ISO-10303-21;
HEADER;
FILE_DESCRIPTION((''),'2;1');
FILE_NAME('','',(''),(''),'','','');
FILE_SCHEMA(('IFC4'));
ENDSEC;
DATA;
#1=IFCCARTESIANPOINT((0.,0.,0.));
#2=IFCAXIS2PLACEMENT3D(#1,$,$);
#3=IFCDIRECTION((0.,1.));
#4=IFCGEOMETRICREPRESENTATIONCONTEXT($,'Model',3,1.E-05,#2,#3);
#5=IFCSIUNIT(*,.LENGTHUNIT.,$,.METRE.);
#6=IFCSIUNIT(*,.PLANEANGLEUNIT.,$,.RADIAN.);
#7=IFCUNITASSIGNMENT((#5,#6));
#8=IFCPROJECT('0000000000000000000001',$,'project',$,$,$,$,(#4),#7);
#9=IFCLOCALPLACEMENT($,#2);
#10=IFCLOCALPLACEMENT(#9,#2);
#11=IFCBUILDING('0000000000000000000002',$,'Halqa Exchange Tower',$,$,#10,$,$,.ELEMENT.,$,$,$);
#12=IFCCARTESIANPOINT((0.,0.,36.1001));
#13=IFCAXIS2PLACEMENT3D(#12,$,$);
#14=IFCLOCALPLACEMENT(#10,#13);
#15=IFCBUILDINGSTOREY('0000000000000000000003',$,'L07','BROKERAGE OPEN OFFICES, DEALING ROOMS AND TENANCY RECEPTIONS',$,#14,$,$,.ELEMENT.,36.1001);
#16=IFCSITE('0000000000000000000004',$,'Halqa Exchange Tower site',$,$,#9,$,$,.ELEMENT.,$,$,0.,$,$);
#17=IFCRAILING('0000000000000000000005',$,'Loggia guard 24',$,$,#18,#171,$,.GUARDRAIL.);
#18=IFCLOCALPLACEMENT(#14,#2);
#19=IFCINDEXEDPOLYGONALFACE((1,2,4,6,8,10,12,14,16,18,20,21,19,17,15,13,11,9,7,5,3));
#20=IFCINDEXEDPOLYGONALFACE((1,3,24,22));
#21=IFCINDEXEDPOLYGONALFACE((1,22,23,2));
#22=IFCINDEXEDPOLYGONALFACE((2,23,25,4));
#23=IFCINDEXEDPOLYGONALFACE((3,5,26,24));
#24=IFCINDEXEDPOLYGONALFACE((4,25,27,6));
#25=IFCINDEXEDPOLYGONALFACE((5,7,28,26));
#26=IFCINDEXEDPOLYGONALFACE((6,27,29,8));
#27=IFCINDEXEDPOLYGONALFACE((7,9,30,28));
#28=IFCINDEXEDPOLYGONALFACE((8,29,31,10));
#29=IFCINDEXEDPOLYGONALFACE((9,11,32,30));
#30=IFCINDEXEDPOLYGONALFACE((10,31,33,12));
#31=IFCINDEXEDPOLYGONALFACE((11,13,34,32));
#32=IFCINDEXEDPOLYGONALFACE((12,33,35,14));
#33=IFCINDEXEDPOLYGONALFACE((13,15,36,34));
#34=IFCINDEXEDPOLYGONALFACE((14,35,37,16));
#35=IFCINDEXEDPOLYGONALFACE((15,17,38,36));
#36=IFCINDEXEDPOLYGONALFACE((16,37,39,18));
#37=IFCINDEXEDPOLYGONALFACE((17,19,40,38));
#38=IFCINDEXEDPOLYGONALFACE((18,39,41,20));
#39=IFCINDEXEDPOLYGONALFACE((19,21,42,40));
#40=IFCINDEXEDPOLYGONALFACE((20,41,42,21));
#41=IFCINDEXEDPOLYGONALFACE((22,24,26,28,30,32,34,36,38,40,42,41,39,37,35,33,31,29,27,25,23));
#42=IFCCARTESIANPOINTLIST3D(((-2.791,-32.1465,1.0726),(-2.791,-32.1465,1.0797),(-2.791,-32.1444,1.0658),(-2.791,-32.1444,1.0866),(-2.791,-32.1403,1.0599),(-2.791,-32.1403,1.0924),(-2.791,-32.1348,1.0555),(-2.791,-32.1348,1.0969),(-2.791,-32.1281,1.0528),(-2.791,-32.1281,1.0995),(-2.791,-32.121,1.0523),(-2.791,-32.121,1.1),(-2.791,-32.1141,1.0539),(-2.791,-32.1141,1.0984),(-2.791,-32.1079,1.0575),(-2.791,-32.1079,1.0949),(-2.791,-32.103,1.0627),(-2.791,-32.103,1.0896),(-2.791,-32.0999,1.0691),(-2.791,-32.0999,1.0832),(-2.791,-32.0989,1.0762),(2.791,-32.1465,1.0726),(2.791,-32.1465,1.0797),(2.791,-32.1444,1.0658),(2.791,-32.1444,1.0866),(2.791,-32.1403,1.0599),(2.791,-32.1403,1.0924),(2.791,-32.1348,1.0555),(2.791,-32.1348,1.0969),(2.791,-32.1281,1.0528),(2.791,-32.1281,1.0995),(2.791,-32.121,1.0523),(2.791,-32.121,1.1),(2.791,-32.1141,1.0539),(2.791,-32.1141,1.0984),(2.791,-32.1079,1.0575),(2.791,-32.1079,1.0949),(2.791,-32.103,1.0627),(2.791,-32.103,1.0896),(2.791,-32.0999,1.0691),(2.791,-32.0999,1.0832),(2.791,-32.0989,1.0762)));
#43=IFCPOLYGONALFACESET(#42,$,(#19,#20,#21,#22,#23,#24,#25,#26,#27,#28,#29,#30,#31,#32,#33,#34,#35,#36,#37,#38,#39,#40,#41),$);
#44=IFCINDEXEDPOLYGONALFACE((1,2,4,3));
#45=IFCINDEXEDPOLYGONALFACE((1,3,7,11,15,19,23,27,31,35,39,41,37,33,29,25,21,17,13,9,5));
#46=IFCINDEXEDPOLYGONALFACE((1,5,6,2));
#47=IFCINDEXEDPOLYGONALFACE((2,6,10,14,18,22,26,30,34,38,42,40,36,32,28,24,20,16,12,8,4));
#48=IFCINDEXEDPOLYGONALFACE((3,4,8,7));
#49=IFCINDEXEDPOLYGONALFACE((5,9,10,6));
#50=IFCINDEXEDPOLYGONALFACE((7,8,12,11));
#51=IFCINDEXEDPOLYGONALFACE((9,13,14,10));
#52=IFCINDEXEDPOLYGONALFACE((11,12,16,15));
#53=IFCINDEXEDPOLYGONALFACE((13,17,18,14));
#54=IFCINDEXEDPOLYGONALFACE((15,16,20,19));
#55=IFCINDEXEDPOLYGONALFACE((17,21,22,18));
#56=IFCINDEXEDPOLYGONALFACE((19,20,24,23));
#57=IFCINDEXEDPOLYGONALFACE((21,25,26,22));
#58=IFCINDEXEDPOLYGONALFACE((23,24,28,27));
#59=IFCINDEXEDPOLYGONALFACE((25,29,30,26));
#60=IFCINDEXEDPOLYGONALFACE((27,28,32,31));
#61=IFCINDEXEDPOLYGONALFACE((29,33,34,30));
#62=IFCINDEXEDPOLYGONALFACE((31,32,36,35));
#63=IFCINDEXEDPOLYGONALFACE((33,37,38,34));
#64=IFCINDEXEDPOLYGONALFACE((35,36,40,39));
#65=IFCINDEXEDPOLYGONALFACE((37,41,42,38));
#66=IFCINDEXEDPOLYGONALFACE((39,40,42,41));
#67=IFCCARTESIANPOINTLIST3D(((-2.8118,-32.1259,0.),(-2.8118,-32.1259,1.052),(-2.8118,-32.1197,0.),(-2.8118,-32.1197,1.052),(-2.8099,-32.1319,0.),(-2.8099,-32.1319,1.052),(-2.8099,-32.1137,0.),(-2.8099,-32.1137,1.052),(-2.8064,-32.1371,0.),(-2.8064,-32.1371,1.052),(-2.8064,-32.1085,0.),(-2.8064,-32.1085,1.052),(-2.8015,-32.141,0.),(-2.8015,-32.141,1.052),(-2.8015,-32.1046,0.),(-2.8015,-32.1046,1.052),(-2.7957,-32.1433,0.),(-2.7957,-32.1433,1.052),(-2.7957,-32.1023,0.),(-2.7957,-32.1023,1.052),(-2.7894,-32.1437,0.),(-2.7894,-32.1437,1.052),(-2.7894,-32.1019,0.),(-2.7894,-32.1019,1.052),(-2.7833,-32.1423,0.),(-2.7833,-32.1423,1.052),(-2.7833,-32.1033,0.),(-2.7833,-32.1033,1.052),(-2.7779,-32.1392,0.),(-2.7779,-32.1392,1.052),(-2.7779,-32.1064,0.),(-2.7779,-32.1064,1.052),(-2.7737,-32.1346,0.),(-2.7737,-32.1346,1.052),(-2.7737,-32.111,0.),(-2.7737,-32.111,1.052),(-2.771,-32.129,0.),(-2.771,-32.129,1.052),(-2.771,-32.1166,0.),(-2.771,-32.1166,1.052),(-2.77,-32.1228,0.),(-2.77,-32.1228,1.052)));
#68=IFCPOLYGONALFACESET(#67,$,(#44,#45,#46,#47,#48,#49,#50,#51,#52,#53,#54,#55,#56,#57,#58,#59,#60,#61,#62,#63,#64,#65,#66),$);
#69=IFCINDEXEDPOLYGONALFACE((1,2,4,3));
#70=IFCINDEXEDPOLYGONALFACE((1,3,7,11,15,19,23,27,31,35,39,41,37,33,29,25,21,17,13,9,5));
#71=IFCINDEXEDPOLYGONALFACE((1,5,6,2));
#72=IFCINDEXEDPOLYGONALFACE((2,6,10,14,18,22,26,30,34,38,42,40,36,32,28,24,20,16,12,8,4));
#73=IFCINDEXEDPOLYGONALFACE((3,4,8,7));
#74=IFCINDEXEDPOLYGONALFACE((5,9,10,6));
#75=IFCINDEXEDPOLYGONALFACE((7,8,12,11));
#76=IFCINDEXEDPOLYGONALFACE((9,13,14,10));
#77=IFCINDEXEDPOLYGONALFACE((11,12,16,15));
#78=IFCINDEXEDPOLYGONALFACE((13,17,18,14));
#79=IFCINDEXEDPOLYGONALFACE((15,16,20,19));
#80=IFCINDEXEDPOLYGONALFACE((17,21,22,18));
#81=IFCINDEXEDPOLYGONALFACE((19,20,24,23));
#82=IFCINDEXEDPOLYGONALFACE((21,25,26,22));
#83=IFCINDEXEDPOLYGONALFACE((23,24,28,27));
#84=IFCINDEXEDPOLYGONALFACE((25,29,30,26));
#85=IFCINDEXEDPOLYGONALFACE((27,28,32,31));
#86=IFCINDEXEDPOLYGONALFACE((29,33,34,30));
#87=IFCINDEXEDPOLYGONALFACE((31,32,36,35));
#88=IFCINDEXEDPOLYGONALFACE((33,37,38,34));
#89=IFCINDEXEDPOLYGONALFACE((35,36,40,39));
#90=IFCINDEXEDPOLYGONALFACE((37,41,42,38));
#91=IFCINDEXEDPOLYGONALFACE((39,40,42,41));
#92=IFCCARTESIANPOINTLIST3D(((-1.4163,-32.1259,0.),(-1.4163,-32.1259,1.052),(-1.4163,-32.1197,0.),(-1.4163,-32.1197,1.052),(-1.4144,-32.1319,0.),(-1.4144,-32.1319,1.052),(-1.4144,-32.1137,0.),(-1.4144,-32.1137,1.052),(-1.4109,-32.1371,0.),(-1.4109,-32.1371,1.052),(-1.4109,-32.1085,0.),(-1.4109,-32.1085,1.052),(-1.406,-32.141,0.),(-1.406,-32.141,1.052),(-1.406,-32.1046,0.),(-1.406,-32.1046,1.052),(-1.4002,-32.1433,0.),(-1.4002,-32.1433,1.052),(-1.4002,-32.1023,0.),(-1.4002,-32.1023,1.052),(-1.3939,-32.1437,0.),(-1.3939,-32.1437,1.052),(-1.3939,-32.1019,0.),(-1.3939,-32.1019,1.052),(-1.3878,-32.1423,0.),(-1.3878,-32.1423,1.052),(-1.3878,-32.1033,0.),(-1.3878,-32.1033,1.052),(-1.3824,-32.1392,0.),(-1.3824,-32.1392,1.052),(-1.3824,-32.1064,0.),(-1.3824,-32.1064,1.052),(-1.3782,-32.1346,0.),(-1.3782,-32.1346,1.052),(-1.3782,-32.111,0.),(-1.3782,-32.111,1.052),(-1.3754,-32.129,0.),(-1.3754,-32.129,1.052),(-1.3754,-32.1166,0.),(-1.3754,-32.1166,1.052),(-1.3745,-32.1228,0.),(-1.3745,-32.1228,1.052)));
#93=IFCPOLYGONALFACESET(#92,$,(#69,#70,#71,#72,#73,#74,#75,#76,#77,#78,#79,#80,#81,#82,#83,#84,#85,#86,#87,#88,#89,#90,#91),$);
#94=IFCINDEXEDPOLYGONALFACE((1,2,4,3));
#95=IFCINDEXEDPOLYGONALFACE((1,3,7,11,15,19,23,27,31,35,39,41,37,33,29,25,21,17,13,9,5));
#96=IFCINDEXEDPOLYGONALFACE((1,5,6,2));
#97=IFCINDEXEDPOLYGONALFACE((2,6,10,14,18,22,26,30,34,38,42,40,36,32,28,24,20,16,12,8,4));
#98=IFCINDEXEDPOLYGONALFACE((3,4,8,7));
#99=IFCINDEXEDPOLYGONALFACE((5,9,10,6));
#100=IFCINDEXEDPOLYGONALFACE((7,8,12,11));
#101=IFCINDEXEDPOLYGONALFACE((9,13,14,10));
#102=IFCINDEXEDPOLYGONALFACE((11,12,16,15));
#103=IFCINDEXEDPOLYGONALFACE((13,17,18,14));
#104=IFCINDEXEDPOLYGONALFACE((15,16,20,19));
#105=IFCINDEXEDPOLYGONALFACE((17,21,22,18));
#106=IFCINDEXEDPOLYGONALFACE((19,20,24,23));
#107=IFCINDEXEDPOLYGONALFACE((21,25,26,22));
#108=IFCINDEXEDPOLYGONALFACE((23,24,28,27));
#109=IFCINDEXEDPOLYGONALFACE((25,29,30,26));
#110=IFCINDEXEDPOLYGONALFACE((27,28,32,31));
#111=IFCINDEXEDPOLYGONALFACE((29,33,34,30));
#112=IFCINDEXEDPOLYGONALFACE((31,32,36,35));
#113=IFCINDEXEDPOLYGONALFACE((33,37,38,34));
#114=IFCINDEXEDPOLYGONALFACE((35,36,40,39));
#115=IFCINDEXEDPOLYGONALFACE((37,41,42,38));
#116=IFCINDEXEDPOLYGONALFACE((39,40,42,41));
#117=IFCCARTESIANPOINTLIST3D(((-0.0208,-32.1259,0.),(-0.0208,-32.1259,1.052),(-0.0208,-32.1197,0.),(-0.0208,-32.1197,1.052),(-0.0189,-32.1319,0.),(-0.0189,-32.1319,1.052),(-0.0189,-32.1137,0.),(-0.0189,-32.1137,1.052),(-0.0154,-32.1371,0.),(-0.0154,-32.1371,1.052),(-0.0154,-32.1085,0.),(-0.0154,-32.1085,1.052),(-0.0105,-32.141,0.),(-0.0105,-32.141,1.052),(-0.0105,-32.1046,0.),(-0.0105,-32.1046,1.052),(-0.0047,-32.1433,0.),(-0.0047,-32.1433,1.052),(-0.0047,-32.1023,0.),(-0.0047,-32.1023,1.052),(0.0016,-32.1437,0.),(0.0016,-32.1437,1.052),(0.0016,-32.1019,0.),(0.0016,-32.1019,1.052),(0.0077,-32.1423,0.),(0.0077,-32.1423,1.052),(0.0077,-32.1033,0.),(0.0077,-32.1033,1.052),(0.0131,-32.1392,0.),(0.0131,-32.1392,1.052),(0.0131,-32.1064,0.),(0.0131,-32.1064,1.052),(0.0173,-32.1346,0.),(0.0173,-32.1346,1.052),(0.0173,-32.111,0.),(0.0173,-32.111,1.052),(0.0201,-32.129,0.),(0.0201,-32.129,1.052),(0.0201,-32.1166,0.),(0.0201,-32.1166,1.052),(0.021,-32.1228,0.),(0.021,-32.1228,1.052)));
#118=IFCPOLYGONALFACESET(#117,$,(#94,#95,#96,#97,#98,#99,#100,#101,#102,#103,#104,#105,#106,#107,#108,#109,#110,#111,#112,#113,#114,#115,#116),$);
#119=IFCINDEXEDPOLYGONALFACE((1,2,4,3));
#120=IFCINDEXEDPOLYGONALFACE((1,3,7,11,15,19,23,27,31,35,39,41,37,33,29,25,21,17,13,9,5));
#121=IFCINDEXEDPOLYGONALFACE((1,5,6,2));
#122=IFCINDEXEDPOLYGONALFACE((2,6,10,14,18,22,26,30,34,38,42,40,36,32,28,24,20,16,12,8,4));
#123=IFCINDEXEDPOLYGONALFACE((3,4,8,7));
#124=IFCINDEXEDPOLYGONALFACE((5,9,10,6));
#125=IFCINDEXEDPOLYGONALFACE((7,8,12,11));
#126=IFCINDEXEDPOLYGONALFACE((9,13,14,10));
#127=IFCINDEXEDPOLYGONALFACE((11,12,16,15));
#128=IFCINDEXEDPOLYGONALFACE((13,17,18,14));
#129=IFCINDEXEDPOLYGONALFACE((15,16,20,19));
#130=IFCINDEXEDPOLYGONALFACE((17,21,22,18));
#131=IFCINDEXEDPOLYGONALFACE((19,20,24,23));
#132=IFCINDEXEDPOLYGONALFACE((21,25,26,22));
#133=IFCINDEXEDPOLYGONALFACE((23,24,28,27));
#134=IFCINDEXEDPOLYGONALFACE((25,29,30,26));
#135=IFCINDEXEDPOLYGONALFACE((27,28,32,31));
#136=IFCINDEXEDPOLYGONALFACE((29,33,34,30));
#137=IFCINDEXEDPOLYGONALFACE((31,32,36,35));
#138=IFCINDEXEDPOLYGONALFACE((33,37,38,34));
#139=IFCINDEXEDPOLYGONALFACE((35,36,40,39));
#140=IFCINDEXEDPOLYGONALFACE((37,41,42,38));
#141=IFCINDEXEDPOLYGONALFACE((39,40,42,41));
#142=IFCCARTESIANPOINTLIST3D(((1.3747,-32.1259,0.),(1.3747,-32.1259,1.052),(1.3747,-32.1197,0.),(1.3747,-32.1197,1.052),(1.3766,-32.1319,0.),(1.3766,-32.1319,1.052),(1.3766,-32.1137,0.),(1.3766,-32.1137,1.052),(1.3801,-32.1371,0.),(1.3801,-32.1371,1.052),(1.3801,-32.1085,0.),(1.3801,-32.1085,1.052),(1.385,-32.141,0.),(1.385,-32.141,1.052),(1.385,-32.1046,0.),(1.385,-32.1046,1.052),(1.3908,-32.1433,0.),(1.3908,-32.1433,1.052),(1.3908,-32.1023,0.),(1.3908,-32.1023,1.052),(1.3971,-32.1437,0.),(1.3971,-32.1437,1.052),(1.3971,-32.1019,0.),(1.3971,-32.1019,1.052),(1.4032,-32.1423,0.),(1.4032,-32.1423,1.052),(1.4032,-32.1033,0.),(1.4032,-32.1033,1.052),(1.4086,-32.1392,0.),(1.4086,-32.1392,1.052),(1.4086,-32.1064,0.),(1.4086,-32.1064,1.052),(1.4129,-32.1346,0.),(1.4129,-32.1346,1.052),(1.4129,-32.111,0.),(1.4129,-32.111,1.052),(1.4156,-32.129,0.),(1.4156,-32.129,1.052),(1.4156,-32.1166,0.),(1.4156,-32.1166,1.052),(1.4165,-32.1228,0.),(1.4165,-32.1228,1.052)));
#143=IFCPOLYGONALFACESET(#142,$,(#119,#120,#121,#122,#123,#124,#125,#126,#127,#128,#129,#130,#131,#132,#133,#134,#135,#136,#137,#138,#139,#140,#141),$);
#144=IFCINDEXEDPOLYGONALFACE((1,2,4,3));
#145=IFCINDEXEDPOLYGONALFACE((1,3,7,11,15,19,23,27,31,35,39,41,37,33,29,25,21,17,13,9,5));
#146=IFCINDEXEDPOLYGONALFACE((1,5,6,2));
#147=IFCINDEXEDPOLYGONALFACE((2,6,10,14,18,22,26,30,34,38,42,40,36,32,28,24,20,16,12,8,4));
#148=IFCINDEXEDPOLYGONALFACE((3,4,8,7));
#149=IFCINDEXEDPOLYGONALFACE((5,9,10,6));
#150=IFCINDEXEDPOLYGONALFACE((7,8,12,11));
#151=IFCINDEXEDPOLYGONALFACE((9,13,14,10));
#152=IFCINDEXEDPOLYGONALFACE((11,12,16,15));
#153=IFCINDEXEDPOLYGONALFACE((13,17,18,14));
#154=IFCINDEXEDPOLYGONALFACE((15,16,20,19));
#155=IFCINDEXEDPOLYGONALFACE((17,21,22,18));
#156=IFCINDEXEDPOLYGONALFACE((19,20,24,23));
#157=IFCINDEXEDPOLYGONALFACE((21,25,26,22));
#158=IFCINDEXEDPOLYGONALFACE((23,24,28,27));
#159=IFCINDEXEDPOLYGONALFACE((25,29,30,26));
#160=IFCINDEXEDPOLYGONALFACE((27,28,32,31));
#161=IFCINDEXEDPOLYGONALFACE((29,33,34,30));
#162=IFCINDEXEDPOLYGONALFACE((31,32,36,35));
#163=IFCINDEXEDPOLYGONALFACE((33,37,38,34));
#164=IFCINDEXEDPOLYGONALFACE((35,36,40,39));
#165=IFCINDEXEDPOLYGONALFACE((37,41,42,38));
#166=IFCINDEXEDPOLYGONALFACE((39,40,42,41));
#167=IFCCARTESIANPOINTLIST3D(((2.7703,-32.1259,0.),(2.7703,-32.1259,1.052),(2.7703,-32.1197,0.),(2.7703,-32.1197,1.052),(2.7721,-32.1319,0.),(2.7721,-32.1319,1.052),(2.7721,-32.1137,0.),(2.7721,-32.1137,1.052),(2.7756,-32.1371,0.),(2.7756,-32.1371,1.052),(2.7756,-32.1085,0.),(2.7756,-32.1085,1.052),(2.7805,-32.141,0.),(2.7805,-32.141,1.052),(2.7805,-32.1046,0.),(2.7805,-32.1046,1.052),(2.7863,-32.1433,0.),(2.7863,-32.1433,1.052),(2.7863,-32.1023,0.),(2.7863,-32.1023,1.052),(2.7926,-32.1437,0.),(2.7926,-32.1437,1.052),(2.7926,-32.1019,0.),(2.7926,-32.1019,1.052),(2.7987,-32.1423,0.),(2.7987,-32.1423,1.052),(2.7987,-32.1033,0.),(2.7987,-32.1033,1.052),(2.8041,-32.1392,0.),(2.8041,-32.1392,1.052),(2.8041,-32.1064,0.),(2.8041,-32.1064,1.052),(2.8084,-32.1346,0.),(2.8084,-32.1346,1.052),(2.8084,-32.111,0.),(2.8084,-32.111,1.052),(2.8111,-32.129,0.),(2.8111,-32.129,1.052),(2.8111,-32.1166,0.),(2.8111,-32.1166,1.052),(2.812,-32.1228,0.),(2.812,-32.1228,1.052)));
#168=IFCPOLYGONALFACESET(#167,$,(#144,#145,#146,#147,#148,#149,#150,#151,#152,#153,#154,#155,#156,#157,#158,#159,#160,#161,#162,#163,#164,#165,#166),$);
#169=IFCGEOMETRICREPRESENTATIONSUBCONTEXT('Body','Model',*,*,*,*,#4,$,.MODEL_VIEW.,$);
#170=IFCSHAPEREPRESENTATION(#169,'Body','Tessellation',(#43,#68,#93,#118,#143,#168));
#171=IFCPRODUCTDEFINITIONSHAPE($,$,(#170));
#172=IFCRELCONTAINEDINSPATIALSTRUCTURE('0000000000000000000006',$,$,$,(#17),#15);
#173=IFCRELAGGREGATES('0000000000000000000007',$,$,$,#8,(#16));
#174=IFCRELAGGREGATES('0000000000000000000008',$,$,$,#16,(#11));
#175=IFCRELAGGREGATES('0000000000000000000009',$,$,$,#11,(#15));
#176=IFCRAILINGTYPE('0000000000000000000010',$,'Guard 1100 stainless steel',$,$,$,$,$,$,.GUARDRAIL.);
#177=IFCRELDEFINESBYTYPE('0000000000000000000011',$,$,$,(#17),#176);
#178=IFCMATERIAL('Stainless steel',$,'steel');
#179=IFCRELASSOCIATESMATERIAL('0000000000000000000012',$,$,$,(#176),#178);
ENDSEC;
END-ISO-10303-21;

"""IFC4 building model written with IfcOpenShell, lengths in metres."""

from ifc_helpers import new_model, si_unit, direction, frame, origin, origin_2d, place, context, subcontext, project, spatial, circle, extrude, material, type_object, element, save


model = new_model("IFC4")

# Units and contexts
model_context = context("Model", 3, precision=1e-05, world=origin(), true_north=direction((0.0, 1.0)))
body_context = subcontext(model_context, "Body", "Model", "MODEL_VIEW")
ifc_project = project(units=[si_unit("LENGTHUNIT", "METRE"), si_unit("PLANEANGLEUNIT", "RADIAN")], contexts=[model_context])

# Site, building, storey
site_placement = place(None, origin())
site = spatial("IfcSite", under=ifc_project, at=site_placement, Name="Halqa Exchange Tower site", CompositionType="ELEMENT", RefElevation=0.0)
building_placement = place(site_placement, origin())
building = spatial("IfcBuilding", under=site, at=building_placement, Name="Halqa Exchange Tower", CompositionType="ELEMENT")
storey_placement = place(building_placement, frame((0.0, 0.0, 36.1001)))
storey = spatial("IfcBuildingStorey", under=building, at=storey_placement, Name="L07", Description="BROKERAGE OPEN OFFICES, DEALING ROOMS AND TENANCY RECEPTIONS", CompositionType="ELEMENT", Elevation=36.1001)

# Railing
ifc_material_1 = material(Name="Stainless steel", Category="steel")
railing_type = type_object("IfcRailingType", Name="Guard 1100 stainless steel", PredefinedType="GUARDRAIL", material=ifc_material_1)
railing_1_placement = place(storey_placement, frame((-2.791, -32.1228, 0.0)))
element("IfcRailing", 1, at=railing_1_placement, inside=storey, type_object=railing_type, Name="Loggia guard 24", PredefinedType="GUARDRAIL", context=body_context, shape_type="SweptSolid", body=[
    extrude(circle(Radius=0.0239, at=origin_2d()), frame((0.0, 0.0, 1.0762), z_axis=(1.0, 0.0, 0.0), x_axis=(0.0, 1.0, 0.0)), (0.0, 0.0, 1.0), 5.582),
    extrude(circle(Radius=0.021, at=origin_2d()), origin(), (0.0, 0.0, 1.0), 1.052),
    extrude(circle(Radius=0.021, at=origin_2d()), frame((1.3955, 0.0, 0.0)), (0.0, 0.0, 1.0), 1.052),
    extrude(circle(Radius=0.021, at=origin_2d()), frame((2.791, 0.0, 0.0)), (0.0, 0.0, 1.0), 1.052),
    extrude(circle(Radius=0.021, at=origin_2d()), frame((4.1865, 0.0, 0.0)), (0.0, 0.0, 1.0), 1.052),
    extrude(circle(Radius=0.021, at=origin_2d()), frame((5.582, 0.0, 0.0)), (0.0, 0.0, 1.0), 1.052),
])

save(model, "model.ifc")
